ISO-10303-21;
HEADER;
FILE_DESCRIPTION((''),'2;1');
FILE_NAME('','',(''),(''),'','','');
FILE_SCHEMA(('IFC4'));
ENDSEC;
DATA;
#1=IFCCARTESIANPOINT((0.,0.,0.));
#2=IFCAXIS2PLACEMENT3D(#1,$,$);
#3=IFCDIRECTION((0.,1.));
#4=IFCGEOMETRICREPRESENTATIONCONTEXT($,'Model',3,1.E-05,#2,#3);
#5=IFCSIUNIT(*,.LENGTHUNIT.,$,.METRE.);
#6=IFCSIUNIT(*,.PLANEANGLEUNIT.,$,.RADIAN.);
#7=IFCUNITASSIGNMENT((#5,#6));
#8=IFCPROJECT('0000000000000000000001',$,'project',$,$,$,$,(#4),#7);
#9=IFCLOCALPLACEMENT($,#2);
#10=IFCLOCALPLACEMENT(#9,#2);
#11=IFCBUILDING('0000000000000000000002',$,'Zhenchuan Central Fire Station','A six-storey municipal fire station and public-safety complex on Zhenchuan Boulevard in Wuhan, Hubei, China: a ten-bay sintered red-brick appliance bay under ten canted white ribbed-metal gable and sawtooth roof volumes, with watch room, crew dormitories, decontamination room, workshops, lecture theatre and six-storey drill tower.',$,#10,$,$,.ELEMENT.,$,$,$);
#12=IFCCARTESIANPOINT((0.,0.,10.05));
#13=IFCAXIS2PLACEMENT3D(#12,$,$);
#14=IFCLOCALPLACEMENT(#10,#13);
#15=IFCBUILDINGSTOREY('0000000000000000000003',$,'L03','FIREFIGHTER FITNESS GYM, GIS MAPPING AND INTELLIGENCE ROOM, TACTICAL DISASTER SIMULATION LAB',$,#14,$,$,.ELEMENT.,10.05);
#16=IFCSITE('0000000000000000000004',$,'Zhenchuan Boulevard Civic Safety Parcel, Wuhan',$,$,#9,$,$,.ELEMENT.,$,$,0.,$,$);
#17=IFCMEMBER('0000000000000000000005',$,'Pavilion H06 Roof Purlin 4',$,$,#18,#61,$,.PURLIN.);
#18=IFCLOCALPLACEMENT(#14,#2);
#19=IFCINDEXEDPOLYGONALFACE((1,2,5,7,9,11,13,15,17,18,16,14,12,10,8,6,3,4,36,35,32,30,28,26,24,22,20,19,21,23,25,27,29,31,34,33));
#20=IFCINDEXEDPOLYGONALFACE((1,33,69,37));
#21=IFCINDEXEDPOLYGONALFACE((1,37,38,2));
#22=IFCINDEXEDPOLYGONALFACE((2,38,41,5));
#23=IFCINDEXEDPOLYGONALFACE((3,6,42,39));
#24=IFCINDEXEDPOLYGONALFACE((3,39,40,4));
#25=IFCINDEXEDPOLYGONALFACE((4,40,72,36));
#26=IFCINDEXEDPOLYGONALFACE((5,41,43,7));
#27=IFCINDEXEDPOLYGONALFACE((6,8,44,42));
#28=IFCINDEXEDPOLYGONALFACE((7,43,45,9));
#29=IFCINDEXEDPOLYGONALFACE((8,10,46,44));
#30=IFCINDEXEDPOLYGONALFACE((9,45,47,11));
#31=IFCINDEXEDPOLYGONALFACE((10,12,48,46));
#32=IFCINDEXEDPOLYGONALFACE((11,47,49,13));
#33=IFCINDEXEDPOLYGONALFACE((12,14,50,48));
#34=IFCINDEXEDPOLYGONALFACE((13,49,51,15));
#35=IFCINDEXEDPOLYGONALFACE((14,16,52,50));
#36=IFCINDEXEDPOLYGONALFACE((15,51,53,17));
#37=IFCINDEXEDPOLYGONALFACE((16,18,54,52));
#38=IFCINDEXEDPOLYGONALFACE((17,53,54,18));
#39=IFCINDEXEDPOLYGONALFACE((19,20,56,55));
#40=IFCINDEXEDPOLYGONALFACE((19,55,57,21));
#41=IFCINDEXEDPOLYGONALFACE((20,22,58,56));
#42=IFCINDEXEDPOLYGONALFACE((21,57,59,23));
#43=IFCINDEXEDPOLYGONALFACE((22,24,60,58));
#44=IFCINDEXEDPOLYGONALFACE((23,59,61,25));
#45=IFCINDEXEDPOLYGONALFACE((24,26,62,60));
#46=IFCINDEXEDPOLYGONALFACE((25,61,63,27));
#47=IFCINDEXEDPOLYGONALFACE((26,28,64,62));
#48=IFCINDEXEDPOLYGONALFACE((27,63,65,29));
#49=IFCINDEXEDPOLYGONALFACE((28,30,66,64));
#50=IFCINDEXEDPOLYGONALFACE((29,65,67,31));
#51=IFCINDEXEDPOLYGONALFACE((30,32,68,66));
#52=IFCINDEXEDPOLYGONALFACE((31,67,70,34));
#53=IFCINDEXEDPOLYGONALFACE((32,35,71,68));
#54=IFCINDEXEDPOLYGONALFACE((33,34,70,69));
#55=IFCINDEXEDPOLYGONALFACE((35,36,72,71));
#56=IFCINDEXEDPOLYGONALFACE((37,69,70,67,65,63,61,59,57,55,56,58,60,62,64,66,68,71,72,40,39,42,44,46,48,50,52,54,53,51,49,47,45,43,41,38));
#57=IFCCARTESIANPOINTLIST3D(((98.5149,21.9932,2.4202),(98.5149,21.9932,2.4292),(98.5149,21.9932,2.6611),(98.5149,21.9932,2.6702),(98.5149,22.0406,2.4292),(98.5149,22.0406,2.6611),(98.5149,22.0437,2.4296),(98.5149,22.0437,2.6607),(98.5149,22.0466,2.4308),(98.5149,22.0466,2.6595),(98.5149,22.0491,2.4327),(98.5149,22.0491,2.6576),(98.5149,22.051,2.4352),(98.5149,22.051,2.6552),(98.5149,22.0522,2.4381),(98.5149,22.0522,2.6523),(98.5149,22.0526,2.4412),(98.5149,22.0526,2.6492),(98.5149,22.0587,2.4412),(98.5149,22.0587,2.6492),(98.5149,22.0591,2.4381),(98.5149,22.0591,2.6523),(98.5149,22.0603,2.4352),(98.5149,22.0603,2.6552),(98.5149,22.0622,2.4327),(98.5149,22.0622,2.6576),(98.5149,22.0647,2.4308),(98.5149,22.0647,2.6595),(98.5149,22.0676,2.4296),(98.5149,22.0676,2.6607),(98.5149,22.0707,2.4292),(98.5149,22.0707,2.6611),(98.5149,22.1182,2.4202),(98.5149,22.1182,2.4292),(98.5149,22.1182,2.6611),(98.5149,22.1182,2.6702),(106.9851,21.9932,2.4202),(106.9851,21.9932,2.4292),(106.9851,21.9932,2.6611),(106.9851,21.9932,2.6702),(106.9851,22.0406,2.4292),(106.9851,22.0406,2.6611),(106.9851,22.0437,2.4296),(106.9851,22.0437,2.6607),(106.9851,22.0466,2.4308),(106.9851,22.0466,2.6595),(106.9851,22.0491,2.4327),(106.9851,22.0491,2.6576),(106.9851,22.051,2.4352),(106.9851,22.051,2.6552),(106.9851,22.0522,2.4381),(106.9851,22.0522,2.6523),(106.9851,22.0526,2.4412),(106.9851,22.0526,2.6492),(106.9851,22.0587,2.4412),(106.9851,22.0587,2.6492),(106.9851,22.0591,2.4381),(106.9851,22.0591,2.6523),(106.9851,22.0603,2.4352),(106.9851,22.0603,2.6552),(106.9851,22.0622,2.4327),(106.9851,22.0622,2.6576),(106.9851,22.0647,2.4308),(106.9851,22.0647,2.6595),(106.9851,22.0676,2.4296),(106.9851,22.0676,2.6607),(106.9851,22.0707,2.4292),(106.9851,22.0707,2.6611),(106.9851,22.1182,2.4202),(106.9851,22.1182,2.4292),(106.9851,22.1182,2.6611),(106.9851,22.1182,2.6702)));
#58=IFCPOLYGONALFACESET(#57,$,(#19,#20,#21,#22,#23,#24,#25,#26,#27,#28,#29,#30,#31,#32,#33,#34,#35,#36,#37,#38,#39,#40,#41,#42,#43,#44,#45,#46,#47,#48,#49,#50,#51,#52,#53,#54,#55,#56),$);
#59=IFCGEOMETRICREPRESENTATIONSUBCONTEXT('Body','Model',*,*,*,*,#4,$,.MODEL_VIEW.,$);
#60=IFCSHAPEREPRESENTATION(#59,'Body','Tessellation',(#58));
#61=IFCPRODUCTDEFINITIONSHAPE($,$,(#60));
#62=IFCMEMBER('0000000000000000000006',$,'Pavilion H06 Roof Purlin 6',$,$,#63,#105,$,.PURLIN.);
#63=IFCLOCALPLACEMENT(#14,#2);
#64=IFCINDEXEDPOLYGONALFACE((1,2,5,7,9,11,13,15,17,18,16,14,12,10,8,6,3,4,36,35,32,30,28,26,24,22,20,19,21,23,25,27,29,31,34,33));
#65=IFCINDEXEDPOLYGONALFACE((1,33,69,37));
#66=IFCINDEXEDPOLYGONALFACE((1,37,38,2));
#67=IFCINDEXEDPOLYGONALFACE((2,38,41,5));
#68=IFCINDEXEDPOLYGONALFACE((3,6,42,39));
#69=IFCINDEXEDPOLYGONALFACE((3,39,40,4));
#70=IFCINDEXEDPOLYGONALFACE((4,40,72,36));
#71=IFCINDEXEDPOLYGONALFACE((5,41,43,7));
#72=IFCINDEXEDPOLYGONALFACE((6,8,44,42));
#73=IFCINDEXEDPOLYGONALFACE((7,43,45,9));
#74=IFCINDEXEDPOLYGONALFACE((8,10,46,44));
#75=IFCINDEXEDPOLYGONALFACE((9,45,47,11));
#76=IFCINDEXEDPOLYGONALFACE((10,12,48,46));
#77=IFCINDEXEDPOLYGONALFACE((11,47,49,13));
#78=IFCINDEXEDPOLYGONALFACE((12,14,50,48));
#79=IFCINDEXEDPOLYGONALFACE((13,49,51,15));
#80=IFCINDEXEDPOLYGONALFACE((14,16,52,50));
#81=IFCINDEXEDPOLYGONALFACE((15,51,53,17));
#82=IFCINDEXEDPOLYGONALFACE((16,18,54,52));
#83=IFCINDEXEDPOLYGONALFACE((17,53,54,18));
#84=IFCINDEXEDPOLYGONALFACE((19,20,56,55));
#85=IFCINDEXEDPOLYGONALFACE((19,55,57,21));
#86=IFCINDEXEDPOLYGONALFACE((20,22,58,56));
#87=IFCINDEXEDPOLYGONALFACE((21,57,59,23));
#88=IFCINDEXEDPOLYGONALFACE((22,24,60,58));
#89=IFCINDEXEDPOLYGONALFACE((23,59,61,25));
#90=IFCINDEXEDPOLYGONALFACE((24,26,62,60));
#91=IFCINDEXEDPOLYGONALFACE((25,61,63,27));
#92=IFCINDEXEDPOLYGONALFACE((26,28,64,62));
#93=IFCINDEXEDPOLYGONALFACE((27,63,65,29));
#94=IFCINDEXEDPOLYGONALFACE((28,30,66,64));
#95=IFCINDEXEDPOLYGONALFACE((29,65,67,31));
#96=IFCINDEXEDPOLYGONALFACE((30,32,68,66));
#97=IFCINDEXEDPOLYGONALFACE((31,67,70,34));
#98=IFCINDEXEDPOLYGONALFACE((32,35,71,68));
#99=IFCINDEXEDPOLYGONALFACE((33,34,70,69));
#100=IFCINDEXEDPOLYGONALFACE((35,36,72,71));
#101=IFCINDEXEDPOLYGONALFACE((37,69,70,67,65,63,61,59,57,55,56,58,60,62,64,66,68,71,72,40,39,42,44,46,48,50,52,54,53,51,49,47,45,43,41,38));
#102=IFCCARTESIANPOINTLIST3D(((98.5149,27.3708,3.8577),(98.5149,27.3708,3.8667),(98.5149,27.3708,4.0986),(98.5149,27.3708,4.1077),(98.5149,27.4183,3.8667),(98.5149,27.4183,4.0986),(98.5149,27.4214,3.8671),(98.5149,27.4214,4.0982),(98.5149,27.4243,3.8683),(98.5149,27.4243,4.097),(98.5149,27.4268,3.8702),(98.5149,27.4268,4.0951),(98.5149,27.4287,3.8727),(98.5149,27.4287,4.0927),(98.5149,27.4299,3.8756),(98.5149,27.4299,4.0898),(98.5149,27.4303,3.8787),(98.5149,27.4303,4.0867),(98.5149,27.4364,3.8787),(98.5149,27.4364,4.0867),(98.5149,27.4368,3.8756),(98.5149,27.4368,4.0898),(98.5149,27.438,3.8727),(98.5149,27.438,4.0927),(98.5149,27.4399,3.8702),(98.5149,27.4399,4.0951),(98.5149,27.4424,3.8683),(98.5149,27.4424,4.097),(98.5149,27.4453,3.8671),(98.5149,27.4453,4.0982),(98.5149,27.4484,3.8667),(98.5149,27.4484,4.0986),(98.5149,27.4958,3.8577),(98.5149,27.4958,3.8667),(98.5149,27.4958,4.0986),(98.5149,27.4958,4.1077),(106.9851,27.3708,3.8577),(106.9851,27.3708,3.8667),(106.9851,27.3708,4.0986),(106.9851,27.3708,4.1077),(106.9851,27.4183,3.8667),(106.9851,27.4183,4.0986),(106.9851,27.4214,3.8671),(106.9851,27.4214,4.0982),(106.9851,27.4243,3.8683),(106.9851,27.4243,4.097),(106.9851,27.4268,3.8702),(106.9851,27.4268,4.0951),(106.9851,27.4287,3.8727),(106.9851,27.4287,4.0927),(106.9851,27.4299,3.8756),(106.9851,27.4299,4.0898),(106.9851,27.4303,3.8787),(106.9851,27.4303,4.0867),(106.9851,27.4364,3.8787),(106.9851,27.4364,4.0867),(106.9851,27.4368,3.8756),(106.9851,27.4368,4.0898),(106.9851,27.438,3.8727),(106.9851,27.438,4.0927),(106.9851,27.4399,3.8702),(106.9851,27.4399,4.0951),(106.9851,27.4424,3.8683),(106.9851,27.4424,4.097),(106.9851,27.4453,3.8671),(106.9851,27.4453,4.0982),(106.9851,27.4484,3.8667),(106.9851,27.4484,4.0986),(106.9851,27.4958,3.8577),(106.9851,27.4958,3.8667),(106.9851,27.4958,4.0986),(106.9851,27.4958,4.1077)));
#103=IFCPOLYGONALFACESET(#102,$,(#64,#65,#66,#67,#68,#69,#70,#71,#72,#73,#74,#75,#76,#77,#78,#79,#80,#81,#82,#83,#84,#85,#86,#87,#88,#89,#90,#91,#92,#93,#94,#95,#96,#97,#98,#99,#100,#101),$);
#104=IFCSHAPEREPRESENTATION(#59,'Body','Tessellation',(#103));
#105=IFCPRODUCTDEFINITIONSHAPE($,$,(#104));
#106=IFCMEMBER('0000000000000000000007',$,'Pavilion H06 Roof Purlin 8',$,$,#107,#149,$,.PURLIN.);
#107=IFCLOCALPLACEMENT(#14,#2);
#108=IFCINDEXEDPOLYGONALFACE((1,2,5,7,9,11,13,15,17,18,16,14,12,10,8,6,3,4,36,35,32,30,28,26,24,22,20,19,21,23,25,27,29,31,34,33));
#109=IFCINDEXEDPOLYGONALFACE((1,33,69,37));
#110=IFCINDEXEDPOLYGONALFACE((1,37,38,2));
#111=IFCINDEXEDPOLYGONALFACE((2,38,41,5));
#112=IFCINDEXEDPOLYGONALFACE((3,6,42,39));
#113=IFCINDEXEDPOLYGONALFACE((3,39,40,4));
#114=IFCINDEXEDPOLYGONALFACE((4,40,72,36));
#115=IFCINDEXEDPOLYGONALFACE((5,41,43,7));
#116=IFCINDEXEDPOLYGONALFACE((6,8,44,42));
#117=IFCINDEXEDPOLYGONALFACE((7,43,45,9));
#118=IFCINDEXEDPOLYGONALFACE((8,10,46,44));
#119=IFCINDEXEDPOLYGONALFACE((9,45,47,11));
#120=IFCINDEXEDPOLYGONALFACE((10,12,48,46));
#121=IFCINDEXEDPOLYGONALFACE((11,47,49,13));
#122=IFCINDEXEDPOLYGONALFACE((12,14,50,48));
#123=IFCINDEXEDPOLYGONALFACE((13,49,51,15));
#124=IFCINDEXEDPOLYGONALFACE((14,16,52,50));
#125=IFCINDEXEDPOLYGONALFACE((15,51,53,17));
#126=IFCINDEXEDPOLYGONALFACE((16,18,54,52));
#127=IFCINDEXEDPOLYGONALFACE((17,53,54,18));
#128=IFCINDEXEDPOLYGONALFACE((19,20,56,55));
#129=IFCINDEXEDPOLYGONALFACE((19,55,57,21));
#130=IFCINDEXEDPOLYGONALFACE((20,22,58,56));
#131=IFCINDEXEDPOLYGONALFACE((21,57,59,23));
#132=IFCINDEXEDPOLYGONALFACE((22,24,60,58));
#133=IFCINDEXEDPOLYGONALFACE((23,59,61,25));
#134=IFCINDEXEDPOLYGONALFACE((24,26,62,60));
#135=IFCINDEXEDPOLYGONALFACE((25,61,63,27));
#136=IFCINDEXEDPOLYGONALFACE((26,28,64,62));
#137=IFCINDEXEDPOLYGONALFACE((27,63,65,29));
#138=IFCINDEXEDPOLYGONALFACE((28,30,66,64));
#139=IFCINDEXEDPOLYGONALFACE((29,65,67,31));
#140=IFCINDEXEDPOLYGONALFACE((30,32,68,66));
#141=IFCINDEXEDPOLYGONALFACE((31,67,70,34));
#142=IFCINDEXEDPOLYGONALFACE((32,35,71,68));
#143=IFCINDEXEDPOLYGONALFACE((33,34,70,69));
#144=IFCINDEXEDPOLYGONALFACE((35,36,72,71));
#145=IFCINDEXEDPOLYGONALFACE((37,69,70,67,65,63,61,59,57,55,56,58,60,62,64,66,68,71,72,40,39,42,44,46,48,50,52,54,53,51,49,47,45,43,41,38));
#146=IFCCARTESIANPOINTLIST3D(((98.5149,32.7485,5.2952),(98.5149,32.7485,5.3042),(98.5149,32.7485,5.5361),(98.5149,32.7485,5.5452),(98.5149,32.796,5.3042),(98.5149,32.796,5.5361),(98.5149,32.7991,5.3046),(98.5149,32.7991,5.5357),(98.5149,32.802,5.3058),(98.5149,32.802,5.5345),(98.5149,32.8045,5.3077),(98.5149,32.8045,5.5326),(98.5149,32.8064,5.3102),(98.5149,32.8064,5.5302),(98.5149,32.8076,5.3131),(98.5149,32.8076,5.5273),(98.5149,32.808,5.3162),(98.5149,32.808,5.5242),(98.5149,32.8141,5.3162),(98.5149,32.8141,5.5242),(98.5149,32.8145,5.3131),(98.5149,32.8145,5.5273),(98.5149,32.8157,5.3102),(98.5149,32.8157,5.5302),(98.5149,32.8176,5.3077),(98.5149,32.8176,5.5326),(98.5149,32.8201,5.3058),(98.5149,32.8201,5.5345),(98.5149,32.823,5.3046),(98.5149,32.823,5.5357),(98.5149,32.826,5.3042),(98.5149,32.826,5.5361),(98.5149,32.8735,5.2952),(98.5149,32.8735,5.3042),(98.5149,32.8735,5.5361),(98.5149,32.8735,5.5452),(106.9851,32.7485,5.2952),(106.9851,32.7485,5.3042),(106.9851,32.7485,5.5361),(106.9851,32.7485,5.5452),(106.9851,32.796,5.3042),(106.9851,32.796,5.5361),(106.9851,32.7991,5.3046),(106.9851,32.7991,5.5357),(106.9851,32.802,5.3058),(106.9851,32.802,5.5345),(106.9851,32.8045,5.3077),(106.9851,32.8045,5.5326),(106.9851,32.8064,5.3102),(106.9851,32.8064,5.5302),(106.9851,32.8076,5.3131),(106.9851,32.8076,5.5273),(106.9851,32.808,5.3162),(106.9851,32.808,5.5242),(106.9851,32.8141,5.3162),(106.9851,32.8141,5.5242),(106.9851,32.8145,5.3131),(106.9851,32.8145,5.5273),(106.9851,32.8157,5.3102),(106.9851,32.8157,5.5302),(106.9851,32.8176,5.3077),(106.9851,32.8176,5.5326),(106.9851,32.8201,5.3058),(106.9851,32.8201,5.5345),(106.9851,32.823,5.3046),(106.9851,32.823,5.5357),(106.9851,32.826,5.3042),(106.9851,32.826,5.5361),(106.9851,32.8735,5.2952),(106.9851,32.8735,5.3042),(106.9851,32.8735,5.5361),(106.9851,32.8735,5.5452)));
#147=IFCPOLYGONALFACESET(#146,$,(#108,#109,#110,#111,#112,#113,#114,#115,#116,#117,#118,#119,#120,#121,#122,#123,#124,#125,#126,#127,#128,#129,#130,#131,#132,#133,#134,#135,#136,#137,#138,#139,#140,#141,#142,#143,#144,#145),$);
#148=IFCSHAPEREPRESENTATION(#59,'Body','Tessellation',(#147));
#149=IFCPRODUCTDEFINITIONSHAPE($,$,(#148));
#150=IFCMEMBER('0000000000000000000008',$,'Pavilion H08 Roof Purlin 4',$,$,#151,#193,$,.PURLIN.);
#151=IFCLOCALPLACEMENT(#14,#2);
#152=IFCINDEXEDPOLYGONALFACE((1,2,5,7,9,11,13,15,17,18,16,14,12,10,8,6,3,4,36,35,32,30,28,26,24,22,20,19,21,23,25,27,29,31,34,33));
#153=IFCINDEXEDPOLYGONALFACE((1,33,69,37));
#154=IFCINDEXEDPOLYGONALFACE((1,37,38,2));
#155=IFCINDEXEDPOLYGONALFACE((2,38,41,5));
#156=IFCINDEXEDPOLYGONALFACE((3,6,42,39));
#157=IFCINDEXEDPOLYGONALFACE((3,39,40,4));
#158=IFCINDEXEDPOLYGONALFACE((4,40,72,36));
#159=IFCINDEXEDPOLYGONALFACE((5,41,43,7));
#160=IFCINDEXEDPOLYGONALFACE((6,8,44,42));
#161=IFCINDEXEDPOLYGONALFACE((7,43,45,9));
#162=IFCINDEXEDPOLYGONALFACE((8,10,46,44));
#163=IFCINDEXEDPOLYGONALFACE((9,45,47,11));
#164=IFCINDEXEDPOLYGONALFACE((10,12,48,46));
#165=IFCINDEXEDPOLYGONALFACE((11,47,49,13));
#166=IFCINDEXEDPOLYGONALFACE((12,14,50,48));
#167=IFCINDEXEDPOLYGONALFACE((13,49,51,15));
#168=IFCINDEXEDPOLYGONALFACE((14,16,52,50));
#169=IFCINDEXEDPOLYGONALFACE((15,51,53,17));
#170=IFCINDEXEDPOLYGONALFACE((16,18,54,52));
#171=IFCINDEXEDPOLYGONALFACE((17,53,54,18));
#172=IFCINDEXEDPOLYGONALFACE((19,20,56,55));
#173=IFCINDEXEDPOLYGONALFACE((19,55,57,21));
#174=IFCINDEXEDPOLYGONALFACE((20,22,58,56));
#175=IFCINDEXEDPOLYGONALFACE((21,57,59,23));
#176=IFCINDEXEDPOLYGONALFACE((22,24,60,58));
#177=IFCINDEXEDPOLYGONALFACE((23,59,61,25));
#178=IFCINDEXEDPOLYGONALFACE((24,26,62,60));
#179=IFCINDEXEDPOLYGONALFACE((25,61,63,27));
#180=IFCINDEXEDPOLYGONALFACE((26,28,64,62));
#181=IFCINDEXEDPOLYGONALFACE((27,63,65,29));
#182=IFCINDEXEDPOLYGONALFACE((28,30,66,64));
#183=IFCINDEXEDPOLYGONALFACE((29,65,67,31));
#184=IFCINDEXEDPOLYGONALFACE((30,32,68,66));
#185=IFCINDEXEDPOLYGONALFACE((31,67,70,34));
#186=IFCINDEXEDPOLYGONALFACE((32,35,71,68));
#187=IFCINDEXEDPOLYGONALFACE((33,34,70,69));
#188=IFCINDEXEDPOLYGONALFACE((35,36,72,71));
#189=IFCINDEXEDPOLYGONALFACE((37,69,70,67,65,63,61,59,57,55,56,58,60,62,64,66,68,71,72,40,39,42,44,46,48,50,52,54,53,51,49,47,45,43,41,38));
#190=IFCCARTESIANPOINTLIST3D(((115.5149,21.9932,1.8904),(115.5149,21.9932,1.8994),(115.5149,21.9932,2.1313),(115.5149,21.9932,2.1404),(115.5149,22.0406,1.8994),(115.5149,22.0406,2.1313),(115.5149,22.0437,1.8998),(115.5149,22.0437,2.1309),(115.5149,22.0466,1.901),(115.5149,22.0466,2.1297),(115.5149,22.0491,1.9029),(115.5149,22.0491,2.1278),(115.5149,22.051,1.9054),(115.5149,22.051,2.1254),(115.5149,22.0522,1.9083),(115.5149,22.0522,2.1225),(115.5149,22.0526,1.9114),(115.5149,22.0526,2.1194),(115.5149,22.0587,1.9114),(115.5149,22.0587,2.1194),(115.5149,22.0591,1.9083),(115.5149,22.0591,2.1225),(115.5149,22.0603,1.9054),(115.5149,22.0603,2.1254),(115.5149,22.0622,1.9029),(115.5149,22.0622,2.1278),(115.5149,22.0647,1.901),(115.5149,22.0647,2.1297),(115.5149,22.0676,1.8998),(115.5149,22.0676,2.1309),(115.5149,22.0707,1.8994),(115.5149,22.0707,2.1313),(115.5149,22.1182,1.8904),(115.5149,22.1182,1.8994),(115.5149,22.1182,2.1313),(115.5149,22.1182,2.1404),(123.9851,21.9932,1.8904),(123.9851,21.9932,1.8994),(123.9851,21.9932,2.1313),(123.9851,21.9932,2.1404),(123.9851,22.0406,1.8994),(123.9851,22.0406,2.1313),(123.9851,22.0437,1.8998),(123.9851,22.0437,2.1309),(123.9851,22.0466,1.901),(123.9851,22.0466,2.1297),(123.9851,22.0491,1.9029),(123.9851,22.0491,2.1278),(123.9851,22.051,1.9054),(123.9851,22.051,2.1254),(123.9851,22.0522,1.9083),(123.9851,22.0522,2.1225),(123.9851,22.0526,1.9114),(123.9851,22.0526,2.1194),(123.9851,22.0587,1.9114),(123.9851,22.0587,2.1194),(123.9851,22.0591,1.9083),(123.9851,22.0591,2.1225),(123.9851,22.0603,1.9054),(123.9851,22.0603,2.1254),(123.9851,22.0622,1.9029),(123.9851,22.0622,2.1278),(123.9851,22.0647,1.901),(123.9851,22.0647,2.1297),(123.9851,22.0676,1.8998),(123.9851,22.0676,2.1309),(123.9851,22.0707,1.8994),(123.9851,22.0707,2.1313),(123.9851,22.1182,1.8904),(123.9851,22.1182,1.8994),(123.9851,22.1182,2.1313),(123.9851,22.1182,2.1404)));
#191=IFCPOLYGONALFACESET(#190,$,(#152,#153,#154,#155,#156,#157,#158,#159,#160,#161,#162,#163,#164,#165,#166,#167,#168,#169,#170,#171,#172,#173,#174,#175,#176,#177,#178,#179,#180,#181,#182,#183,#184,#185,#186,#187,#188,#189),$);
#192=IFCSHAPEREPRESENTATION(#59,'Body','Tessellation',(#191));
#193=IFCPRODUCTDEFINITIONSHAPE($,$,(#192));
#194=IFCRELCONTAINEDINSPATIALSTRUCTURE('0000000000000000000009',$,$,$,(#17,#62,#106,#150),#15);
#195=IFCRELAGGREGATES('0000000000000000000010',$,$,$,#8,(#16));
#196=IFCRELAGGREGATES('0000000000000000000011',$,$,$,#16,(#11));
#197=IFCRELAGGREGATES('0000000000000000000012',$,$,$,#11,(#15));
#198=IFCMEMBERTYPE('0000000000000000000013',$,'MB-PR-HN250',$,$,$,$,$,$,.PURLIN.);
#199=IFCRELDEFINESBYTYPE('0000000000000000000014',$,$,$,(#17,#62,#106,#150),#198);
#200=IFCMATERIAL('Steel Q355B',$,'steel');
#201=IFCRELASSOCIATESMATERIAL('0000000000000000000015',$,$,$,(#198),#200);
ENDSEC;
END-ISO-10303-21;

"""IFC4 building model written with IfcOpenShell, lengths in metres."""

from ifc_helpers import new_model, si_unit, direction, frame, origin, origin_2d, place, context, subcontext, project, spatial, i_section, extrude, material, material_profile, profile_set, type_object, element, save


model = new_model("IFC4")

# Units and contexts
model_context = context("Model", 3, precision=1e-05, world=origin(), true_north=direction((0.0, 1.0)))
body_context = subcontext(model_context, "Body", "Model", "MODEL_VIEW")
ifc_project = project(units=[si_unit("LENGTHUNIT", "METRE"), si_unit("PLANEANGLEUNIT", "RADIAN")], contexts=[model_context])

# Site, building, storey
site_placement = place(None, origin())
site = spatial("IfcSite", under=ifc_project, at=site_placement, Name="Zhenchuan Boulevard Civic Safety Parcel, Wuhan", CompositionType="ELEMENT", RefElevation=0.0)
building_placement = place(site_placement, origin())
building = spatial("IfcBuilding", under=site, at=building_placement, Name="Zhenchuan Central Fire Station", Description="A six-storey municipal fire station and public-safety complex on Zhenchuan Boulevard in Wuhan, Hubei, China: a ten-bay sintered red-brick appliance bay under ten canted white ribbed-metal gable and sawtooth roof volumes, with watch room, crew dormitories, decontamination room, workshops, lecture theatre and six-storey drill tower.", CompositionType="ELEMENT")
storey_placement = place(building_placement, frame((0.0, 0.0, 10.05)))
storey = spatial("IfcBuildingStorey", under=building, at=storey_placement, Name="L03", Description="FIREFIGHTER FITNESS GYM, GIS MAPPING AND INTELLIGENCE ROOM, TACTICAL DISASTER SIMULATION LAB", CompositionType="ELEMENT", Elevation=10.05)

# Members
ifc_material = material(Name="Steel Q355B", Category="steel")
ifc_material_profile_1 = material_profile(ifc_material, i_section(OverallWidth=0.125, OverallDepth=0.25, WebThickness=0.0061, FlangeThickness=0.009, FilletRadius=0.012, at=origin_2d()), Name="HN 250x125")
ifc_profile_set_1 = profile_set([ifc_material_profile_1], Name="Steel Q355B")
member_type_1 = type_object("IfcMemberType", Name="MB-PR-HN250", PredefinedType="PURLIN", material=ifc_profile_set_1)
for number, where, z_axis, x_axis, name in (
    (1, (98.5149, 22.0557, 2.5452), (1.0, 0.0, 0.0), (0.0, 1.0, 0.0), "Pavilion H06 Roof Purlin 4"),
    (2, (98.5149, 27.4333, 3.9827), (1.0, 0.0, 0.0), (0.0, 1.0, 0.0), "Pavilion H06 Roof Purlin 6"),
    (3, (98.5149, 32.811, 5.4202), (1.0, 0.0, 0.0), (0.0, 1.0, 0.0), "Pavilion H06 Roof Purlin 8"),
    (4, (115.5149, 22.0557, 2.0154), (1.0, 0.0, 0.0), (0.0, 1.0, 0.0), "Pavilion H08 Roof Purlin 4"),
):
    element("IfcMember", number, at=place(storey_placement, frame(where, z_axis=z_axis, x_axis=x_axis)), inside=storey, type_object=member_type_1, Name=name, PredefinedType="PURLIN", context=body_context, shape_type="SweptSolid", body=[
        extrude(i_section(OverallWidth=0.125, OverallDepth=0.25, WebThickness=0.0061, FlangeThickness=0.009, FilletRadius=0.012, at=origin_2d()), origin(), (0.0, 0.0, 1.0), 8.4702),
    ])

save(model, "model.ifc")
